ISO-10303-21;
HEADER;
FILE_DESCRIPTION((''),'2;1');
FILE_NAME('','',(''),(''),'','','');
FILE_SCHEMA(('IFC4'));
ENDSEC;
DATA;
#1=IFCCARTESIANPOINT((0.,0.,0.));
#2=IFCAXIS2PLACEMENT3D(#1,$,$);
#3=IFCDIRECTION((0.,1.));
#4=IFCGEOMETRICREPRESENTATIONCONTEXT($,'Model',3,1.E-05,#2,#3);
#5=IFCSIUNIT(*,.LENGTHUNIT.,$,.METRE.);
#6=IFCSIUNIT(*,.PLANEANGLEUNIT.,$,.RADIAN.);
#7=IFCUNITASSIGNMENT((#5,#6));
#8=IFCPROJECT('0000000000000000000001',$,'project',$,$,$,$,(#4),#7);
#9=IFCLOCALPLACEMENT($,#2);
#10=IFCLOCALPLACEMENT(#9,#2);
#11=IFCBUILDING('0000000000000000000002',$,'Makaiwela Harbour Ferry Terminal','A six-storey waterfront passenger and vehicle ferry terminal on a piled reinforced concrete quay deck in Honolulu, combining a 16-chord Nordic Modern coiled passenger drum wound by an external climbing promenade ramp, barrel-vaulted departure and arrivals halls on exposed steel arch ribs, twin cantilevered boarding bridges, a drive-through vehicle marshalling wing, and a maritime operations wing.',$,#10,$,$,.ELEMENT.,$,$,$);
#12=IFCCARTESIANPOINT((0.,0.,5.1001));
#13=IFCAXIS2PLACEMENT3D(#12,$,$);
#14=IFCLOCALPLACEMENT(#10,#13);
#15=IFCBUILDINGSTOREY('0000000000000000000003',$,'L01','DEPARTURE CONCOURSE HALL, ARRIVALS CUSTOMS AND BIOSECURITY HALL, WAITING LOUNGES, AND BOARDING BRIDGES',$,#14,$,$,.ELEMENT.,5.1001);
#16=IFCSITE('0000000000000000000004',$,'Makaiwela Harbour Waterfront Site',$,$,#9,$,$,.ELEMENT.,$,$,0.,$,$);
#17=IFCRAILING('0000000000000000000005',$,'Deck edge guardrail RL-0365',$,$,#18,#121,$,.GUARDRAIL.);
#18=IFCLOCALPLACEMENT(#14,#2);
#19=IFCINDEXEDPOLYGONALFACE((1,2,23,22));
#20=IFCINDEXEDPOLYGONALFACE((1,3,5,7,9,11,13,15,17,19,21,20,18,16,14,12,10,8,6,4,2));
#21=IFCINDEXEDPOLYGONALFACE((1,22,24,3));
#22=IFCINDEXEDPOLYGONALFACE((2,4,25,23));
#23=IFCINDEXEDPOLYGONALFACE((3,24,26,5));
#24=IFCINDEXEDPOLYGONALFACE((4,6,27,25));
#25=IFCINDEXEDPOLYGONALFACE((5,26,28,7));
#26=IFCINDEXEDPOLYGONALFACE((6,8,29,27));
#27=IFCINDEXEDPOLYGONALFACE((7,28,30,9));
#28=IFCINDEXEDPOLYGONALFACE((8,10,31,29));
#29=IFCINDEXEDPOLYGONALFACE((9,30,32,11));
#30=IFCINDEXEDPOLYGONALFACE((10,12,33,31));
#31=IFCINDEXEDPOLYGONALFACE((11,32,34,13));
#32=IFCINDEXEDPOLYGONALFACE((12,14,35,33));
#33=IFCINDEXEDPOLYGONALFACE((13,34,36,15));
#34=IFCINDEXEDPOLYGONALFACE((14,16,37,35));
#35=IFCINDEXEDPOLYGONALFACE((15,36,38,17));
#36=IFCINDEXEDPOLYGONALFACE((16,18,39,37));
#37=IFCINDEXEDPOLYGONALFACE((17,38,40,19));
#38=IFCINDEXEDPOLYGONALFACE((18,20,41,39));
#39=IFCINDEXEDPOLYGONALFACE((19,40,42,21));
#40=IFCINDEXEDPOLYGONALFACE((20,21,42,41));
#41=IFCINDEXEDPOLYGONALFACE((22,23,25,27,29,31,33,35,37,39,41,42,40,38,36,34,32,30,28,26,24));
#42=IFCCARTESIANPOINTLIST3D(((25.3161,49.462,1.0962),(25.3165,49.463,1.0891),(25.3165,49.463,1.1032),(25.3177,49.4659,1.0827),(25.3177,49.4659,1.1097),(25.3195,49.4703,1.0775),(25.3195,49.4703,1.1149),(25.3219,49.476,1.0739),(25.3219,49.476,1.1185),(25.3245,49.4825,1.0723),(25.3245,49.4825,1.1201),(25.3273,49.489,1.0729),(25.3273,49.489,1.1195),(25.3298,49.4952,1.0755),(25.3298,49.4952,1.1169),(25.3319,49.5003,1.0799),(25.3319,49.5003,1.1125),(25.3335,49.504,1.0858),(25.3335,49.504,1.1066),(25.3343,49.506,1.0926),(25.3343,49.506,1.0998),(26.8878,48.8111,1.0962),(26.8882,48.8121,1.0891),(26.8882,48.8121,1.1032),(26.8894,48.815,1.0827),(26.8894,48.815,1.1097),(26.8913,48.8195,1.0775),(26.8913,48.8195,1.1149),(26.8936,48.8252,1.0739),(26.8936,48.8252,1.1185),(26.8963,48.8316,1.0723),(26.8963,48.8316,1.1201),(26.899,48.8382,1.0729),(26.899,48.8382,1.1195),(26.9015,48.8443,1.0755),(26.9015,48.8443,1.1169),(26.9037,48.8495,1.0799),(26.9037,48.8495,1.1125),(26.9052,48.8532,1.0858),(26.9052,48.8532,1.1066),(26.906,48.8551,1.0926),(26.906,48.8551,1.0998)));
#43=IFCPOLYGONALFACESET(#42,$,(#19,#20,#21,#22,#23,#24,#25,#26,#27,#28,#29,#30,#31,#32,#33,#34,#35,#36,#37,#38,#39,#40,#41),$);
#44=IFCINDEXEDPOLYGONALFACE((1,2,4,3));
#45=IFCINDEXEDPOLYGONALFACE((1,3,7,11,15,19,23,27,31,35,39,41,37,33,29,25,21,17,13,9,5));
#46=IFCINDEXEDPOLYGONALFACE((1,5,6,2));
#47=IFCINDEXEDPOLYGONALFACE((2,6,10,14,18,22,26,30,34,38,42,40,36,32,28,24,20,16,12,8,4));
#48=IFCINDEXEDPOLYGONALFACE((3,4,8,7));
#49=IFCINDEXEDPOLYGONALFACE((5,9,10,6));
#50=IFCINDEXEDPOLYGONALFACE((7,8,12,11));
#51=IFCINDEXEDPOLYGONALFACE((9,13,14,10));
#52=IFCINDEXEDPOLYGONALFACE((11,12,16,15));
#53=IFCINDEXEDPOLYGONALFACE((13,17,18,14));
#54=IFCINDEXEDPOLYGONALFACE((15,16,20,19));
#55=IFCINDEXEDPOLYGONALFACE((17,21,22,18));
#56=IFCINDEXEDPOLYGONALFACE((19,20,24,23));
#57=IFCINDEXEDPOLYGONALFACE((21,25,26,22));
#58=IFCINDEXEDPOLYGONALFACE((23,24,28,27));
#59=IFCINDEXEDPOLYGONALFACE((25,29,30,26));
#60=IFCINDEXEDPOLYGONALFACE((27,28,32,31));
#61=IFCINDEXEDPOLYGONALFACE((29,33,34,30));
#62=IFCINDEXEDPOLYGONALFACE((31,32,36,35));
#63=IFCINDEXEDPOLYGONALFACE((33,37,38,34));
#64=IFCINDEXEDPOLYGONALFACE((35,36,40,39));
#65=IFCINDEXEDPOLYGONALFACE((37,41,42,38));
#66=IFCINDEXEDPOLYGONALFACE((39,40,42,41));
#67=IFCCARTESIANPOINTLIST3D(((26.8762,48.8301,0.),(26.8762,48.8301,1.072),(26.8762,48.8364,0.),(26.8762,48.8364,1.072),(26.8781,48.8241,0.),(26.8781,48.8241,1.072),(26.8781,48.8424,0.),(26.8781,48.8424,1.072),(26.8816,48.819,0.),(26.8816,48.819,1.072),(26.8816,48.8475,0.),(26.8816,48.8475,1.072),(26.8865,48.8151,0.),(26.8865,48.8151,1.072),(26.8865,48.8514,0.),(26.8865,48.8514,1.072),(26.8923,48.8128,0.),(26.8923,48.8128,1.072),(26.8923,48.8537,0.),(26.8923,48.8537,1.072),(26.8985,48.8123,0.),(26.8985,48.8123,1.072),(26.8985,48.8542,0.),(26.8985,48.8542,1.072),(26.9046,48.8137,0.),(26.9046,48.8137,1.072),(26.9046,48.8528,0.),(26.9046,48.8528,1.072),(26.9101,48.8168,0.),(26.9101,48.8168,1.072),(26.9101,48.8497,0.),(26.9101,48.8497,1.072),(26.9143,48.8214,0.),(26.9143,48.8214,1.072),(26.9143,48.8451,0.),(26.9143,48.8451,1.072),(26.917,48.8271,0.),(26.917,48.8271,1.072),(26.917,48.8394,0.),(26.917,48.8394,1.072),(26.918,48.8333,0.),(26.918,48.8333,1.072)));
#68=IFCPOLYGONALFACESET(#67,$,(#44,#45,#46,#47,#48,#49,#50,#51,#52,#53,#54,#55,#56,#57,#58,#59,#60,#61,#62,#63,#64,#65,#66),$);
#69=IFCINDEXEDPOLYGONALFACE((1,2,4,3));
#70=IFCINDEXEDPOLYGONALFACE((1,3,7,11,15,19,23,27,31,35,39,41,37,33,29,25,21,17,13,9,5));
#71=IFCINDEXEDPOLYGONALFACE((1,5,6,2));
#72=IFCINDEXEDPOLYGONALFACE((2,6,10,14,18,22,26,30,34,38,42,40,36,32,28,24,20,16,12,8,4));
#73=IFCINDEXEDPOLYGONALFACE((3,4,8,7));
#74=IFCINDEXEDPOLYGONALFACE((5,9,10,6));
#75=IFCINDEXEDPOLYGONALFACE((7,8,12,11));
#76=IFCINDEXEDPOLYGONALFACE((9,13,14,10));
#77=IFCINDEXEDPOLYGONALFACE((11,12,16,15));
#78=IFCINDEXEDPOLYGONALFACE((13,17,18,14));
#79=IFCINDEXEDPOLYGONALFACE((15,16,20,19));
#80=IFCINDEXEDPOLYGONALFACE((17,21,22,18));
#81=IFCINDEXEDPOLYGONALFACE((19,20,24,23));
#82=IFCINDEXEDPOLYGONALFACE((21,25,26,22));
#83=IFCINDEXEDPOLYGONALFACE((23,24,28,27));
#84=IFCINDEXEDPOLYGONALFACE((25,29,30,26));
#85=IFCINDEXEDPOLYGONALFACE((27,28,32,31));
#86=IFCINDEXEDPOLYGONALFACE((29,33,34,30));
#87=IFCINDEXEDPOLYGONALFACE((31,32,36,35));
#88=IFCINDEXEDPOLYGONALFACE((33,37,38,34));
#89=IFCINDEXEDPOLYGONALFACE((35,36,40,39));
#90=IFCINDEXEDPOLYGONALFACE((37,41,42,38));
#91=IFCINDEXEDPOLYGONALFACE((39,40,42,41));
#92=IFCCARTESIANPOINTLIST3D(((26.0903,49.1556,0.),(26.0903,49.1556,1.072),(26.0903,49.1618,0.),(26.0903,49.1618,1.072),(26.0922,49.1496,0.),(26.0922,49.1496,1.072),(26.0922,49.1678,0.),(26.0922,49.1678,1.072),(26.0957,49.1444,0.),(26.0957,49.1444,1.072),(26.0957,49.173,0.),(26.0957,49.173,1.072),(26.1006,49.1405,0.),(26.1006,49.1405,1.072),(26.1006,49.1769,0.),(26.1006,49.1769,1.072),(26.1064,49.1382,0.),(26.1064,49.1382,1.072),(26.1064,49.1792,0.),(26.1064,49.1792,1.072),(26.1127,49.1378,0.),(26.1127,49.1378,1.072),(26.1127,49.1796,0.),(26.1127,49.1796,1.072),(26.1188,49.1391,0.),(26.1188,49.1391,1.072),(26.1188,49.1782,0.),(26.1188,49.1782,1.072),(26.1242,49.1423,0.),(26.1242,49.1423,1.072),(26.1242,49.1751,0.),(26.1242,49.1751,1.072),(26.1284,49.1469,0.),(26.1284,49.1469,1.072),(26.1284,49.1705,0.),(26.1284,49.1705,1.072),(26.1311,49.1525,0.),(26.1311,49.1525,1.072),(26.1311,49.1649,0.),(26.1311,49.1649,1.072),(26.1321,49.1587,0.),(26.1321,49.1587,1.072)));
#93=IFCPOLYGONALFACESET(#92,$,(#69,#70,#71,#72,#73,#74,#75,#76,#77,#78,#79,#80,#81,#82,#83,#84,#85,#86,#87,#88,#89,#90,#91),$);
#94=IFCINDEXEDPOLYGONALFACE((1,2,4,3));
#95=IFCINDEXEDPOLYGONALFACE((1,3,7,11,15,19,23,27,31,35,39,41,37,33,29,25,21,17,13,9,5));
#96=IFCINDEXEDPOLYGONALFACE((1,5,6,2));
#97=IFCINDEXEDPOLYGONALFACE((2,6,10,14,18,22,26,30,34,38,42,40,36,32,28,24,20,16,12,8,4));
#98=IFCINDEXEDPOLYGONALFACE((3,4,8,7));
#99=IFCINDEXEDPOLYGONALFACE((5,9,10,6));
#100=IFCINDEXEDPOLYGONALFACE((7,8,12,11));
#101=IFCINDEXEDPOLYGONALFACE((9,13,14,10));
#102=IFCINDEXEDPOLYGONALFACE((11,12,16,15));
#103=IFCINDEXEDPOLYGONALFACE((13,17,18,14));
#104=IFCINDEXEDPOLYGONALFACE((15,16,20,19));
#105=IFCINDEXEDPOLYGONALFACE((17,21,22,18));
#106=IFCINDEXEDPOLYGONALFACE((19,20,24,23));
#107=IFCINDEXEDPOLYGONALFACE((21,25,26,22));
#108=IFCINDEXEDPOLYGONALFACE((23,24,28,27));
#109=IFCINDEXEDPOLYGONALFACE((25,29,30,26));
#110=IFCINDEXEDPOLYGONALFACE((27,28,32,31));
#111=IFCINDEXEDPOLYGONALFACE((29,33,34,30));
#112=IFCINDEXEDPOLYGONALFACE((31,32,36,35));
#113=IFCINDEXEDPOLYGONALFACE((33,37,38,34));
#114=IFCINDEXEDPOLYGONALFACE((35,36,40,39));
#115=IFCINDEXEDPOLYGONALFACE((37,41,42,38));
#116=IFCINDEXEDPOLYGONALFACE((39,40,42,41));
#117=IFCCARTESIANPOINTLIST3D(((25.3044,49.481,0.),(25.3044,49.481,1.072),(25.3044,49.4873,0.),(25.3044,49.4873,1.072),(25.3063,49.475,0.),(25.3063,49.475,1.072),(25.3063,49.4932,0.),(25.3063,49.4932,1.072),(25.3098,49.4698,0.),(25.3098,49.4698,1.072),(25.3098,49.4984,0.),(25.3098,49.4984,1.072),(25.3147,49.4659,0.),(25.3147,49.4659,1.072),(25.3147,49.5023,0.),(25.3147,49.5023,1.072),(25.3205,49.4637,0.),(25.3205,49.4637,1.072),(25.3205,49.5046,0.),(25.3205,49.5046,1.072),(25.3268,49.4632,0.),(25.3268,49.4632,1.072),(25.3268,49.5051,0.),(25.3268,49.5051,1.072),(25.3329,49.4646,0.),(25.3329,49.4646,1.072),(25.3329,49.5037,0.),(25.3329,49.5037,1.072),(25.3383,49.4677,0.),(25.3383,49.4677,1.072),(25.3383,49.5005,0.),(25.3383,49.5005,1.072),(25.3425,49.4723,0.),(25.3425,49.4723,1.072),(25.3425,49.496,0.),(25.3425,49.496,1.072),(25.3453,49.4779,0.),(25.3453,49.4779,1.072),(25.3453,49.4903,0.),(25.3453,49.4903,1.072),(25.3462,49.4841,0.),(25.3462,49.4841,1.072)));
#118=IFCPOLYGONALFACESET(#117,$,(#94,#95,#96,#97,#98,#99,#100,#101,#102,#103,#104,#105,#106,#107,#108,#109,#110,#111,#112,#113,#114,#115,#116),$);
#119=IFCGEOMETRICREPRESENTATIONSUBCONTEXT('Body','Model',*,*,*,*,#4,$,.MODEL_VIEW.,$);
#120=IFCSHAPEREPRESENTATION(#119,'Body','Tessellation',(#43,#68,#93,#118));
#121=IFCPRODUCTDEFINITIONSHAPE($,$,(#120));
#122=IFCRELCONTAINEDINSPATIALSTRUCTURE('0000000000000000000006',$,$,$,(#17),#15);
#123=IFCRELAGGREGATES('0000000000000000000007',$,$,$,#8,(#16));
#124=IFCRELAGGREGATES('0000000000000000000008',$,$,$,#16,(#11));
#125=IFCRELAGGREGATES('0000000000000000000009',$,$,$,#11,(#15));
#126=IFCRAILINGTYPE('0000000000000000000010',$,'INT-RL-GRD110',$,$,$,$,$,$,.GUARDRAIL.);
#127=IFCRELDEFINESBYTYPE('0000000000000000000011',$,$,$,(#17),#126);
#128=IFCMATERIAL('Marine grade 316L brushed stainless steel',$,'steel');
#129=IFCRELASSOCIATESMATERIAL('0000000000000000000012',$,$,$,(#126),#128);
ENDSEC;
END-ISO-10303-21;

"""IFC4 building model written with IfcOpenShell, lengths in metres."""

from ifc_helpers import new_model, si_unit, direction, frame, origin, origin_2d, place, context, subcontext, project, spatial, circle, extrude, material, type_object, element, save


model = new_model("IFC4")

# Units and contexts
model_context = context("Model", 3, precision=1e-05, world=origin(), true_north=direction((0.0, 1.0)))
body_context = subcontext(model_context, "Body", "Model", "MODEL_VIEW")
ifc_project = project(units=[si_unit("LENGTHUNIT", "METRE"), si_unit("PLANEANGLEUNIT", "RADIAN")], contexts=[model_context])

# Site, building, storey
site_placement = place(None, origin())
site = spatial("IfcSite", under=ifc_project, at=site_placement, Name="Makaiwela Harbour Waterfront Site", CompositionType="ELEMENT", RefElevation=0.0)
building_placement = place(site_placement, origin())
building = spatial("IfcBuilding", under=site, at=building_placement, Name="Makaiwela Harbour Ferry Terminal", Description="A six-storey waterfront passenger and vehicle ferry terminal on a piled reinforced concrete quay deck in Honolulu, combining a 16-chord Nordic Modern coiled passenger drum wound by an external climbing promenade ramp, barrel-vaulted departure and arrivals halls on exposed steel arch ribs, twin cantilevered boarding bridges, a drive-through vehicle marshalling wing, and a maritime operations wing.", CompositionType="ELEMENT")
storey_placement = place(building_placement, frame((0.0, 0.0, 5.1001)))
storey = spatial("IfcBuildingStorey", under=building, at=storey_placement, Name="L01", Description="DEPARTURE CONCOURSE HALL, ARRIVALS CUSTOMS AND BIOSECURITY HALL, WAITING LOUNGES, AND BOARDING BRIDGES", CompositionType="ELEMENT", Elevation=5.1001)

# Railing
ifc_material_1 = material(Name="Marine grade 316L brushed stainless steel", Category="steel")
railing_type = type_object("IfcRailingType", Name="INT-RL-GRD110", PredefinedType="GUARDRAIL", material=ifc_material_1)
railing_1_placement = place(storey_placement, frame((26.897, 48.8333, 0.0)))
element("IfcRailing", 1, at=railing_1_placement, inside=storey, type_object=railing_type, Name="Deck edge guardrail RL-0365", PredefinedType="GUARDRAIL", context=body_context, shape_type="SweptSolid", body=[
    extrude(circle(Radius=0.0239, at=origin_2d()), frame((0.0, 0.0, 1.0962), z_axis=(-0.923915, 0.382597, 0.0), x_axis=(-0.382597, -0.923915, 0.0)), (0.0, 0.0, 1.0), 1.7012),
    extrude(circle(Radius=0.021, at=origin_2d()), origin(), (0.0, 0.0, 1.0), 1.072),
    extrude(circle(Radius=0.021, at=origin_2d()), frame((-0.7859, 0.3254, 0.0)), (0.0, 0.0, 1.0), 1.072),
    extrude(circle(Radius=0.021, at=origin_2d()), frame((-1.5718, 0.6509, 0.0)), (0.0, 0.0, 1.0), 1.072),
])

save(model, "model.ifc")
